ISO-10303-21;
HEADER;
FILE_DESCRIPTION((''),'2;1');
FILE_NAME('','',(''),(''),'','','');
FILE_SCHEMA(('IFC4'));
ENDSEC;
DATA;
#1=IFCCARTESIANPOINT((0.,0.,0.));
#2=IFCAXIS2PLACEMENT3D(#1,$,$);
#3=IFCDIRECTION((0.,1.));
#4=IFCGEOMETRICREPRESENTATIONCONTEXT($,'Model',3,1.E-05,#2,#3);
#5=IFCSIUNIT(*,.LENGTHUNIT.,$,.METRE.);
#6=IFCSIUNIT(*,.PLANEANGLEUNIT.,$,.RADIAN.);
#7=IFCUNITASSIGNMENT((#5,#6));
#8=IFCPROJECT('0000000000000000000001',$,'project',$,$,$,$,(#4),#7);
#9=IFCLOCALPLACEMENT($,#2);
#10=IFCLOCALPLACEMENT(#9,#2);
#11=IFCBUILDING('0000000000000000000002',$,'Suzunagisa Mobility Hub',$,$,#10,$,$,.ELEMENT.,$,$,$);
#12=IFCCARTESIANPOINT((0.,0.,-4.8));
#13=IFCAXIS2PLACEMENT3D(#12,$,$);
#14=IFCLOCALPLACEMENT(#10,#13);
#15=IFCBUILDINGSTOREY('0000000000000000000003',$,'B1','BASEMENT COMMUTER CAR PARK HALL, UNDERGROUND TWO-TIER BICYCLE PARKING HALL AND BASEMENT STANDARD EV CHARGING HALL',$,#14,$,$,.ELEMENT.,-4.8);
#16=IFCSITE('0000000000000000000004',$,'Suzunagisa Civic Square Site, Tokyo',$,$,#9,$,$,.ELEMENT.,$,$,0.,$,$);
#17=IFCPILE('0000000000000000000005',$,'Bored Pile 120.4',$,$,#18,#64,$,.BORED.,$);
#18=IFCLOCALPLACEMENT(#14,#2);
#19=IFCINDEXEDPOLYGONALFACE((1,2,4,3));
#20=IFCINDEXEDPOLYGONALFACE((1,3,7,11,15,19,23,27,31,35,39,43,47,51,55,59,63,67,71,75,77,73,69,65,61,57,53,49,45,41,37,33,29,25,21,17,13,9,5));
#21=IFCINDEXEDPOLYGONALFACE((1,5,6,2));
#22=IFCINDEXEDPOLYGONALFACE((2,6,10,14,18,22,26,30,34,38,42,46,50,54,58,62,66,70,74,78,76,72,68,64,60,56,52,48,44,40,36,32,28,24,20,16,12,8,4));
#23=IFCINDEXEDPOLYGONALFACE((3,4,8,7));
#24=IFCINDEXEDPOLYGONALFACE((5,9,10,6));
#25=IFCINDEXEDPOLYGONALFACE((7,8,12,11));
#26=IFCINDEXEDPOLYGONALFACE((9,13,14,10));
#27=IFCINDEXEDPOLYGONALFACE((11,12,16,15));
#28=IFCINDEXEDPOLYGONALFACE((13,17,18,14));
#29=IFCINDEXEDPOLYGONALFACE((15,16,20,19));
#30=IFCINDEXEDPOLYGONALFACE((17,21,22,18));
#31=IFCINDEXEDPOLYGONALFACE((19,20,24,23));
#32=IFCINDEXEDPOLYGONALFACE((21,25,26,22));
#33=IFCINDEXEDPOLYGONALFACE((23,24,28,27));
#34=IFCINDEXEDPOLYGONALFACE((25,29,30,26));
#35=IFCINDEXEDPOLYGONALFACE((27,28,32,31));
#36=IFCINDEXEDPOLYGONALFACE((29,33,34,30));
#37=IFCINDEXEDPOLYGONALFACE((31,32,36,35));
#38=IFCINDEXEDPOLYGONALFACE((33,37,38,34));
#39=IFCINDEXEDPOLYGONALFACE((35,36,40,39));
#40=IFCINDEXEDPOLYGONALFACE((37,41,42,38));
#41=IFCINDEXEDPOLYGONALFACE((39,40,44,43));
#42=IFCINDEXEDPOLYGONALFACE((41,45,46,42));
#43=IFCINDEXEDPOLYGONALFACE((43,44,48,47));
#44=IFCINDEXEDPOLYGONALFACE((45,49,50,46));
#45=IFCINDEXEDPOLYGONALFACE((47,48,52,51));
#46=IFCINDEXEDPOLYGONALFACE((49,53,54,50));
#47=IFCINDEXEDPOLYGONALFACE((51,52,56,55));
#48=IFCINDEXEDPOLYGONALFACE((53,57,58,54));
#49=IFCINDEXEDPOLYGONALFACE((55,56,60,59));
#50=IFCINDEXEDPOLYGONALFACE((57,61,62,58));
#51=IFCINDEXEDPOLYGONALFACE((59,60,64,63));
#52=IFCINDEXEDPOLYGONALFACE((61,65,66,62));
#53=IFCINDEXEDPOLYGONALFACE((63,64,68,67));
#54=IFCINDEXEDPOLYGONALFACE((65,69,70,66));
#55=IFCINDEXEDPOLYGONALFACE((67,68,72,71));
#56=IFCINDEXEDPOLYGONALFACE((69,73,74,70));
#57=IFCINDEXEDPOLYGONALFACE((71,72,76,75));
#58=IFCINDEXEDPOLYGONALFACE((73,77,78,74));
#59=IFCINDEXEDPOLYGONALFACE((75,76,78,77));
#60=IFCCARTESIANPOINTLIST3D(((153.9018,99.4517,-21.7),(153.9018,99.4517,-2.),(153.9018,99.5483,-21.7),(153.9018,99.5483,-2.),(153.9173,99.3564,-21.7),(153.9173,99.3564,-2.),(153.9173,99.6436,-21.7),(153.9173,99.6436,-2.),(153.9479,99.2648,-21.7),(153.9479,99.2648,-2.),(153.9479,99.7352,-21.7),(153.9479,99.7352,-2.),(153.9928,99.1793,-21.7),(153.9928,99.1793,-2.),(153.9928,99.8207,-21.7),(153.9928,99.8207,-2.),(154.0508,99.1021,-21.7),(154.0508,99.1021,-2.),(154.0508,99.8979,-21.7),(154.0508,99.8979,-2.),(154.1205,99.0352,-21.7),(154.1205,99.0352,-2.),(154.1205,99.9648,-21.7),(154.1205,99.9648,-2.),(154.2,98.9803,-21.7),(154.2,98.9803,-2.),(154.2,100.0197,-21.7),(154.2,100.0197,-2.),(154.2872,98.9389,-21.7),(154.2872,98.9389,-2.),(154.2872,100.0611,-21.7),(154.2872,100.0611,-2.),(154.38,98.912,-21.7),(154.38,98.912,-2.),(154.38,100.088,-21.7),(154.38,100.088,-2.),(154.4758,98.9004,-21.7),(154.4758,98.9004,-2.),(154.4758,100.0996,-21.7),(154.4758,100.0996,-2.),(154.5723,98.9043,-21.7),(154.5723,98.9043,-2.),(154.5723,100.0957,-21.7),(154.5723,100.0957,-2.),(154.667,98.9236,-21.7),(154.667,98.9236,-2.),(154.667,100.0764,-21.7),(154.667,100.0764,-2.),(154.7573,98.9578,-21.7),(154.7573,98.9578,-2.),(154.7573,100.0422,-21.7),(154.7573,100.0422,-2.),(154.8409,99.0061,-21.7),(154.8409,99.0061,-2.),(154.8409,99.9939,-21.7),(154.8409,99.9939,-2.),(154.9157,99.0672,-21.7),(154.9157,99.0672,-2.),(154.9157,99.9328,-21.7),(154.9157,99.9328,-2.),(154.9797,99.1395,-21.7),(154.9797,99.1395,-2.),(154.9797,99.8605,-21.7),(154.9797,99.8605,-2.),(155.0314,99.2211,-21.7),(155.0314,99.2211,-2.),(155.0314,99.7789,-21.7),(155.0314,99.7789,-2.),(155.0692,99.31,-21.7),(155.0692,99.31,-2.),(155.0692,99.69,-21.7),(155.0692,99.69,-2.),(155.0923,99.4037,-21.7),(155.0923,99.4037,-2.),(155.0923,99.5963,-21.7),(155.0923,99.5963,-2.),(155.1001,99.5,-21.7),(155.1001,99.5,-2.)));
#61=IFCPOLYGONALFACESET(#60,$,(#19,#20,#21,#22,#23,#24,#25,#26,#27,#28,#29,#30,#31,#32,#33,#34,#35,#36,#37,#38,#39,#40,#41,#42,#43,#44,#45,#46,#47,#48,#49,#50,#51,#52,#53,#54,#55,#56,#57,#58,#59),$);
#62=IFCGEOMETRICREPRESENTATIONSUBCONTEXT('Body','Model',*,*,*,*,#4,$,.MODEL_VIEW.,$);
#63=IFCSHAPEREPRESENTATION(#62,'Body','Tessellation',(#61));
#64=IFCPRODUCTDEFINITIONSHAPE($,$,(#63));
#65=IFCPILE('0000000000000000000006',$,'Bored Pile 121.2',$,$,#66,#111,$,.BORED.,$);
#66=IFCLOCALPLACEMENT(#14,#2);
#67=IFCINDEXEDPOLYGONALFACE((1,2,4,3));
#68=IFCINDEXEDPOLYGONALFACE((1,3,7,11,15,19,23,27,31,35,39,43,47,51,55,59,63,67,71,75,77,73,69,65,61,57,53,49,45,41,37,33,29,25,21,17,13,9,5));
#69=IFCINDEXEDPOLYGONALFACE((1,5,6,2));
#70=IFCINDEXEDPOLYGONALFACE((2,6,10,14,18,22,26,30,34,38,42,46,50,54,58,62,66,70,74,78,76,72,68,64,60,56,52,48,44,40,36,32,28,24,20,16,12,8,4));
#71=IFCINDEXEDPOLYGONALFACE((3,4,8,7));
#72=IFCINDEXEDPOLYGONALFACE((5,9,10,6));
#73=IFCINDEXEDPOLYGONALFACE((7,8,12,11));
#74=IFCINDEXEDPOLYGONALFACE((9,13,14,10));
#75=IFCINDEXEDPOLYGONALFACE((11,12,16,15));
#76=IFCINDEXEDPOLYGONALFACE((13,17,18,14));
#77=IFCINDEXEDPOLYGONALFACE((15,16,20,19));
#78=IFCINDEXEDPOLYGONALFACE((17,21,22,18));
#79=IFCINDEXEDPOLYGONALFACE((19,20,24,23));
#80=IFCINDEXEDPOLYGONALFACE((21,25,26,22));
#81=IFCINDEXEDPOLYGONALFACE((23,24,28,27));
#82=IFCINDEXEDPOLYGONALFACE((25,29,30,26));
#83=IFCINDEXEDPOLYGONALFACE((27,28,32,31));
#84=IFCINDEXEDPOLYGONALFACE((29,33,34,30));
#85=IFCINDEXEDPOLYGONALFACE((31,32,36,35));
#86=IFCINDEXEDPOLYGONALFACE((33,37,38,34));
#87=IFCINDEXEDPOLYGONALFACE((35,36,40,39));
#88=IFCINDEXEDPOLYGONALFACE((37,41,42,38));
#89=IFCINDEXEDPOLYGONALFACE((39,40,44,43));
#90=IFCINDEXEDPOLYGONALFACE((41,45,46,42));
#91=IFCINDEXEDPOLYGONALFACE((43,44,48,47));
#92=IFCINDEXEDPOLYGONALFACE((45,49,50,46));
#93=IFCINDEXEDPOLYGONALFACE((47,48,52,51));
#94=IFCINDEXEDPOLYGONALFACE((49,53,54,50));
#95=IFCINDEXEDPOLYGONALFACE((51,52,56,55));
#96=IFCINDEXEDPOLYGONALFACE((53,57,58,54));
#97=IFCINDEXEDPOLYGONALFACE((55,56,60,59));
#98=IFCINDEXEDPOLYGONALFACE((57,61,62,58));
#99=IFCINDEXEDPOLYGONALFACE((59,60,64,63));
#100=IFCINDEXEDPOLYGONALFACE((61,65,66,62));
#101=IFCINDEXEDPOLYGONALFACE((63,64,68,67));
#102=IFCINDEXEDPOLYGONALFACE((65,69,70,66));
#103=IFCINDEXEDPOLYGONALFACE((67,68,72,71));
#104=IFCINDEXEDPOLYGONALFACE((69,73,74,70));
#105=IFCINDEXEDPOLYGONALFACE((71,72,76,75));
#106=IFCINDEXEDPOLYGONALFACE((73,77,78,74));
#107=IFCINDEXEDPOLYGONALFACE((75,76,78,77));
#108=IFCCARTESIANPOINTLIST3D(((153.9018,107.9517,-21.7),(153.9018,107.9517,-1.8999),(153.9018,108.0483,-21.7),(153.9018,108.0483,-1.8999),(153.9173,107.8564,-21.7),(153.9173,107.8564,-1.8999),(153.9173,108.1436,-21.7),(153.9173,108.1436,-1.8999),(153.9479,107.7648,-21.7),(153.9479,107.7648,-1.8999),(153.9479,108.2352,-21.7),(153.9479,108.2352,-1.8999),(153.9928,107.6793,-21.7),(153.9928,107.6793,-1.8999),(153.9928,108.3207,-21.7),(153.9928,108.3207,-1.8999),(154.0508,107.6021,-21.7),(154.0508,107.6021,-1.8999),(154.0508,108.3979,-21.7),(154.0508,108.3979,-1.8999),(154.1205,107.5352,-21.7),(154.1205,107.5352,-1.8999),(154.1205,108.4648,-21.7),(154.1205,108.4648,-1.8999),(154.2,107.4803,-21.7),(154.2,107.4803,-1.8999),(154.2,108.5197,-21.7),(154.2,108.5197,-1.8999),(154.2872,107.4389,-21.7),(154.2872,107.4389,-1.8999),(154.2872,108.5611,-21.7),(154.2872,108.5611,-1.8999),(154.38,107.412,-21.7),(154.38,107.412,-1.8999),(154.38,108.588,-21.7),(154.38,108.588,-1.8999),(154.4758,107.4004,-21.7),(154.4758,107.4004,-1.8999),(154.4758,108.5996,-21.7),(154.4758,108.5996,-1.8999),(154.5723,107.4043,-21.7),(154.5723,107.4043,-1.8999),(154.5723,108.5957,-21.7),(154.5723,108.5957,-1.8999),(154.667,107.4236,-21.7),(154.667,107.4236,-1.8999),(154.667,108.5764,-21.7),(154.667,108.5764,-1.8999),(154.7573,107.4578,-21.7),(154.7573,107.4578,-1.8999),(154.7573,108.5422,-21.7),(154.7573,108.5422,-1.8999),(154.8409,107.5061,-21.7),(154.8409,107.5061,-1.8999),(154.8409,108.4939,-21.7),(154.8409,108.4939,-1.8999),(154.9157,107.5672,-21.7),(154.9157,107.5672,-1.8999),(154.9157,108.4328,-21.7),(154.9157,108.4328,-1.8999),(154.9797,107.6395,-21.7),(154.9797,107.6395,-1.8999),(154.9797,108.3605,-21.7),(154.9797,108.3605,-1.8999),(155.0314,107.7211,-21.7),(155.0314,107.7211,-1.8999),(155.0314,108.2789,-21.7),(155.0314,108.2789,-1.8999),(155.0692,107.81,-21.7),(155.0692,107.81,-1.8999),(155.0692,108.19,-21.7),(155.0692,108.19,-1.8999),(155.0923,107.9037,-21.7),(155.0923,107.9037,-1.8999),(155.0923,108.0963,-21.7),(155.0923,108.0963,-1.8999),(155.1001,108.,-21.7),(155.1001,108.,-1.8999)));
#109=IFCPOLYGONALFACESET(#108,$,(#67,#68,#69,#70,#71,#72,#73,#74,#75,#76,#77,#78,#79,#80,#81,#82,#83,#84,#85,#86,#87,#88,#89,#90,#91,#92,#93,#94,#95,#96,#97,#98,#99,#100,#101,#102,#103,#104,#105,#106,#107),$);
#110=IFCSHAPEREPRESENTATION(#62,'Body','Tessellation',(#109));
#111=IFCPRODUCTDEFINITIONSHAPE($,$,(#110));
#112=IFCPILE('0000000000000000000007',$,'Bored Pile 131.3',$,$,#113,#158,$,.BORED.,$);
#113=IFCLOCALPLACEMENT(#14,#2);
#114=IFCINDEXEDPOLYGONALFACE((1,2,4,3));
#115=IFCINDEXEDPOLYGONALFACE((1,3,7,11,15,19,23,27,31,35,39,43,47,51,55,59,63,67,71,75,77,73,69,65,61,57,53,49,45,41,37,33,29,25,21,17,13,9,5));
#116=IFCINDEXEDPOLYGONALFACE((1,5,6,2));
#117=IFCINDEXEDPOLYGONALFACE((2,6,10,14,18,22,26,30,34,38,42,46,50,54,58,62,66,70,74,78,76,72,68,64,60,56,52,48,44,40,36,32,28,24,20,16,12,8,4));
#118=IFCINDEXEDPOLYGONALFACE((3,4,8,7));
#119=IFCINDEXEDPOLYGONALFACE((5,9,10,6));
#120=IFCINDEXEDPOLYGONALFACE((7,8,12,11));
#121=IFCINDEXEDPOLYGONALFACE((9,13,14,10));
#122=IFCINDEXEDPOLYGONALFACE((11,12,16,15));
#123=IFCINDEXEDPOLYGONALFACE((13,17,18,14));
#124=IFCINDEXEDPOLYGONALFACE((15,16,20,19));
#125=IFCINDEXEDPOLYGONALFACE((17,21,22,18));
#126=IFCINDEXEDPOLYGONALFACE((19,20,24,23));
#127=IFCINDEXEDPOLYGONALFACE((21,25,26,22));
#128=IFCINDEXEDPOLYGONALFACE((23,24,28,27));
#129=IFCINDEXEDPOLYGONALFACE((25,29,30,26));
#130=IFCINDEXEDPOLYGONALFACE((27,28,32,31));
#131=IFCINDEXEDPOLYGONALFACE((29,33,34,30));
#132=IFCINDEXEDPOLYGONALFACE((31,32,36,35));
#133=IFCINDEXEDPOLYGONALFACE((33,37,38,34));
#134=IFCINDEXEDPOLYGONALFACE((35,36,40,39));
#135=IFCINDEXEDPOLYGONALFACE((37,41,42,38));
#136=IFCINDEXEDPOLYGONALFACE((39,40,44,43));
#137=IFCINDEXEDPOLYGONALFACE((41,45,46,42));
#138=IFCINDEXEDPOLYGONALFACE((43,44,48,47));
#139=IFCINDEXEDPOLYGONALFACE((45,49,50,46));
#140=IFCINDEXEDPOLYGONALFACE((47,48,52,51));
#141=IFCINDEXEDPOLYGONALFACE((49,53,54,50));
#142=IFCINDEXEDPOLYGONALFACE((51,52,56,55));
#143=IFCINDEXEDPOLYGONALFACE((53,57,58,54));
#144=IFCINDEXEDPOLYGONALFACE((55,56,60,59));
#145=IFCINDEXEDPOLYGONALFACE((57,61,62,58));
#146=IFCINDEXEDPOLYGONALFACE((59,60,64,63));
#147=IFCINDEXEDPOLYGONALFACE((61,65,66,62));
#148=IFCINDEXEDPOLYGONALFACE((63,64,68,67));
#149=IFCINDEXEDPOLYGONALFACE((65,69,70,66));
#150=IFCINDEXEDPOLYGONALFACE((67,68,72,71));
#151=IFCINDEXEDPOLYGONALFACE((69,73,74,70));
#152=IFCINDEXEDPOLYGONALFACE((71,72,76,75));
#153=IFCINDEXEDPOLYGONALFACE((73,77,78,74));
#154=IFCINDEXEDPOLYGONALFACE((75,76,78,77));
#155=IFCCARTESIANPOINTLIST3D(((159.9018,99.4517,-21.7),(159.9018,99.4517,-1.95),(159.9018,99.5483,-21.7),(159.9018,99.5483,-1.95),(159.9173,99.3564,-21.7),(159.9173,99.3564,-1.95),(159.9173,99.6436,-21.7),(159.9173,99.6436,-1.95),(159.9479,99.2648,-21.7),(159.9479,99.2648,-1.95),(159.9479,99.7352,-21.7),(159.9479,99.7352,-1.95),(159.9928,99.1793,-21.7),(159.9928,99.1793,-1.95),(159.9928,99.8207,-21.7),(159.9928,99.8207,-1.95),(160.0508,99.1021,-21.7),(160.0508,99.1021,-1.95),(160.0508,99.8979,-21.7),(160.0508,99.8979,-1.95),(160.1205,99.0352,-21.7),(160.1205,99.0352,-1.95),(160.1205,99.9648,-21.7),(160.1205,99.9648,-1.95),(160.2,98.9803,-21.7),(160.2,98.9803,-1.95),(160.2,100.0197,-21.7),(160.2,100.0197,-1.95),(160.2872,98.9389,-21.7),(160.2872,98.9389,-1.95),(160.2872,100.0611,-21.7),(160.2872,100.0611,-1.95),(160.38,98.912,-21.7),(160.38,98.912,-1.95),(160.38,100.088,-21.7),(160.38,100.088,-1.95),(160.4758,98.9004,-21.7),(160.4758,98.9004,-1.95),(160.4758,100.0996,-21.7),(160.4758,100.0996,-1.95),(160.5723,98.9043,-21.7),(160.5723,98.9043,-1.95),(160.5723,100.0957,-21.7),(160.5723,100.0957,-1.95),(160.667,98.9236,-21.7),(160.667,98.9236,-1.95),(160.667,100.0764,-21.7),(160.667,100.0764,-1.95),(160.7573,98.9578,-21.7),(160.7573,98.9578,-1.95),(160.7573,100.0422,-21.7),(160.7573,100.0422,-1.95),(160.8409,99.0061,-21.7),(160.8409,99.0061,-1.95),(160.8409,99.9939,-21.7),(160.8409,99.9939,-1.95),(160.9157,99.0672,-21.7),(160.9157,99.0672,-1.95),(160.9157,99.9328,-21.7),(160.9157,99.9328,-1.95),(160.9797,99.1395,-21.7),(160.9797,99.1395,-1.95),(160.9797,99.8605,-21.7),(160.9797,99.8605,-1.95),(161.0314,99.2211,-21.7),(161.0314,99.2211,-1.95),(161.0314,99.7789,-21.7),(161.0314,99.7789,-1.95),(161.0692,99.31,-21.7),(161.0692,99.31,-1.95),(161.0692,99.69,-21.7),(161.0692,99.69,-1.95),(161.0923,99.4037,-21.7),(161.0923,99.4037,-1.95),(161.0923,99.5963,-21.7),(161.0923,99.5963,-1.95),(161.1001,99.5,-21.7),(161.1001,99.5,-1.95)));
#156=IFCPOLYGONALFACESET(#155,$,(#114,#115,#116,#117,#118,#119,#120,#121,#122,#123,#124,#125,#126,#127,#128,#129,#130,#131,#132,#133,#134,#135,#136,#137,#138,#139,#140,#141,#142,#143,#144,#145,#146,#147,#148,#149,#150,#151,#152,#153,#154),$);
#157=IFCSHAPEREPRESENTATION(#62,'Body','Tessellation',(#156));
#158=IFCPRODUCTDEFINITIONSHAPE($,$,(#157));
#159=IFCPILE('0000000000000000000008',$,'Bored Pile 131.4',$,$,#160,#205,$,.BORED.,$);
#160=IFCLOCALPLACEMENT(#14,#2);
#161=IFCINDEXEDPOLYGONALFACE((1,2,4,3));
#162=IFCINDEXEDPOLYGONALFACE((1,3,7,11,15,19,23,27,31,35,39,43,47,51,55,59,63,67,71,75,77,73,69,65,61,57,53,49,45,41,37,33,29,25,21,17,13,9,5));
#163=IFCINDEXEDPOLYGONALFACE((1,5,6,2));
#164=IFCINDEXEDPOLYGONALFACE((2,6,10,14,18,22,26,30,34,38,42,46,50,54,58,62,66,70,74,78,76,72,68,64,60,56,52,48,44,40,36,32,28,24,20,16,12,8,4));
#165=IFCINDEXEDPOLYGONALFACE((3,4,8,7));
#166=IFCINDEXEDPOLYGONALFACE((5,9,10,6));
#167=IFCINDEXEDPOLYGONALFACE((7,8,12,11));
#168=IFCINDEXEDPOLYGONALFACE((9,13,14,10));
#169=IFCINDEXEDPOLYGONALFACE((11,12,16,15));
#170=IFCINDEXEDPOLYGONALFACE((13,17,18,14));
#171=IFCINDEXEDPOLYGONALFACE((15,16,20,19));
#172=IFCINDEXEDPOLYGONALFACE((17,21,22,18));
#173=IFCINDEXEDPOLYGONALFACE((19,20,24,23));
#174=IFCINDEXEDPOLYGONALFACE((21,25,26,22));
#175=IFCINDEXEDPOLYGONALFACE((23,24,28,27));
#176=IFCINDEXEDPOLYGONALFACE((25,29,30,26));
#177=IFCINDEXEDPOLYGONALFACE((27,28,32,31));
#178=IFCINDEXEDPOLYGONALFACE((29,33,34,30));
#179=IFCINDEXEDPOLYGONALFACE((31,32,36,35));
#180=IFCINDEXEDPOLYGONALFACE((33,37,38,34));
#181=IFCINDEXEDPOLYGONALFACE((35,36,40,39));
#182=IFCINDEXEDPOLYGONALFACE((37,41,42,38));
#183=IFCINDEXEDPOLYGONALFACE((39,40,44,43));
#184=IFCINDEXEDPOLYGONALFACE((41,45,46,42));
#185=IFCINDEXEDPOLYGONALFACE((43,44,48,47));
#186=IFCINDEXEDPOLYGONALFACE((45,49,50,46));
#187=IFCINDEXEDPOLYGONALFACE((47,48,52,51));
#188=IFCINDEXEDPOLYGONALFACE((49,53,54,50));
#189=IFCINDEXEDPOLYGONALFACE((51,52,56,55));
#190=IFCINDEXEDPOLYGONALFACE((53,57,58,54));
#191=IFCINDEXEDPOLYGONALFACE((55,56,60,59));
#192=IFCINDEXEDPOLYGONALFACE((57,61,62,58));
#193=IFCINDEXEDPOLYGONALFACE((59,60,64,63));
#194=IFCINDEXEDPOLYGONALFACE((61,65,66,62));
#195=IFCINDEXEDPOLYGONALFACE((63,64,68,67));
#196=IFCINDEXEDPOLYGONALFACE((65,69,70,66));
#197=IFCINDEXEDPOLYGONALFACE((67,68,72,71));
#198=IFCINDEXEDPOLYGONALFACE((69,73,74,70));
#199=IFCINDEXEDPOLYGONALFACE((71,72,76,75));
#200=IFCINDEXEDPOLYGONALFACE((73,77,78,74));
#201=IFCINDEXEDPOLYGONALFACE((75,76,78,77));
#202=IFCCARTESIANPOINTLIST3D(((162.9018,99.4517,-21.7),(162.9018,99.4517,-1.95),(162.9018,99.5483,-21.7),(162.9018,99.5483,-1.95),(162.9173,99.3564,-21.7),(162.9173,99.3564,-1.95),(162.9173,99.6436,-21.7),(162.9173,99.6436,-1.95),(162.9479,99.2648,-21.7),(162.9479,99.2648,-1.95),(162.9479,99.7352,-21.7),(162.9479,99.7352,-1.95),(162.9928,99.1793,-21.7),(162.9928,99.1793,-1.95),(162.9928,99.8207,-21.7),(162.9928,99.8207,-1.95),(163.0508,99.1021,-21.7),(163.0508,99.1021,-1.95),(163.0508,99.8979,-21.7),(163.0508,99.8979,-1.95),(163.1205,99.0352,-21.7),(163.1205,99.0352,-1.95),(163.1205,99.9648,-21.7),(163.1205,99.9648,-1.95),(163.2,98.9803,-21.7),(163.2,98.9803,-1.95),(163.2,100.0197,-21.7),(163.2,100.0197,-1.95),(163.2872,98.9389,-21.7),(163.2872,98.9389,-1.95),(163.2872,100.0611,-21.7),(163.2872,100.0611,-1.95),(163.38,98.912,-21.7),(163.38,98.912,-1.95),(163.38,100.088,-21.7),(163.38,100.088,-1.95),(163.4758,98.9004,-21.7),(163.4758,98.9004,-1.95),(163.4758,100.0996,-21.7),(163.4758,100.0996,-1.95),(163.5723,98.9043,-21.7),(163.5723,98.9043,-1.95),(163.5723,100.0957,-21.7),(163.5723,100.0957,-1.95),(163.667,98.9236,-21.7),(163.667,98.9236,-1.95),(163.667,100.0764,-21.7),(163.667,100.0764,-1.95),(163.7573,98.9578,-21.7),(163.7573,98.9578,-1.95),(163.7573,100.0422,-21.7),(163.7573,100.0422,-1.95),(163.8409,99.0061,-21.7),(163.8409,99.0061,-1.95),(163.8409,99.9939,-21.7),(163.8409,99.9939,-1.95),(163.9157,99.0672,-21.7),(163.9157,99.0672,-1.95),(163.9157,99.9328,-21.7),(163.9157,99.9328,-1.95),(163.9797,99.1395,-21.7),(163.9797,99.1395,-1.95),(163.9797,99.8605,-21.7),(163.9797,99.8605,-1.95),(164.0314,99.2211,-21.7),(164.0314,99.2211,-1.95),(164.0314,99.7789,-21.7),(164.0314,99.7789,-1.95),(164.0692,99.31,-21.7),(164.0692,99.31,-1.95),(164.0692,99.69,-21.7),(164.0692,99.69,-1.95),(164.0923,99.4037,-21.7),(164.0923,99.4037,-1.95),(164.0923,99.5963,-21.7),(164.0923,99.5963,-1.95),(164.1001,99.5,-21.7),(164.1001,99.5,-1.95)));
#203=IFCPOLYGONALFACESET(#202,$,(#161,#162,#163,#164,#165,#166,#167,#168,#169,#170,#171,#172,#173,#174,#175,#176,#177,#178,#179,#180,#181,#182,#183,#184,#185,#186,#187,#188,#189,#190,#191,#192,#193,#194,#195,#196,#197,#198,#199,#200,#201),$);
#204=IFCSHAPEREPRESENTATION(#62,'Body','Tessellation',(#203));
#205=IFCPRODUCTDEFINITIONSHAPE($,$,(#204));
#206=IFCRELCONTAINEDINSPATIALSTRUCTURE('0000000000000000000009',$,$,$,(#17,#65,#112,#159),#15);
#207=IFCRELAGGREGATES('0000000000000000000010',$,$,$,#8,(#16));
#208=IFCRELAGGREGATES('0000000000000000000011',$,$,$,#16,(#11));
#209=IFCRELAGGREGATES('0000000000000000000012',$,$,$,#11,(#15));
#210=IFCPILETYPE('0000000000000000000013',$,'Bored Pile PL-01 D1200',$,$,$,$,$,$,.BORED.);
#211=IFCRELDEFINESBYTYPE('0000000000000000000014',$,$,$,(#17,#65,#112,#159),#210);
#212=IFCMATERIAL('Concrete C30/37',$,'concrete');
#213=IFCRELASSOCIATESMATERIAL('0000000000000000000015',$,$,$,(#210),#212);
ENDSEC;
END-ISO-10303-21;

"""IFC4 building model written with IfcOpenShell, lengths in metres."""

from ifc_helpers import new_model, si_unit, direction, frame, origin, origin_2d, place, context, subcontext, project, spatial, circle, extrude, material, material_profile, profile_set, type_object, element, save


model = new_model("IFC4")

# Units and contexts
model_context = context("Model", 3, precision=1e-05, world=origin(), true_north=direction((0.0, 1.0)))
body_context = subcontext(model_context, "Body", "Model", "MODEL_VIEW")
ifc_project = project(units=[si_unit("LENGTHUNIT", "METRE"), si_unit("PLANEANGLEUNIT", "RADIAN")], contexts=[model_context])

# Site, building, storey
site_placement = place(None, origin())
site = spatial("IfcSite", under=ifc_project, at=site_placement, Name="Suzunagisa Civic Square Site, Tokyo", CompositionType="ELEMENT", RefElevation=0.0)
building_placement = place(site_placement, origin())
building = spatial("IfcBuilding", under=site, at=building_placement, Name="Suzunagisa Mobility Hub", CompositionType="ELEMENT")
storey_placement = place(building_placement, frame((0.0, 0.0, -4.8)))
storey = spatial("IfcBuildingStorey", under=building, at=storey_placement, Name="B1", Description="BASEMENT COMMUTER CAR PARK HALL, UNDERGROUND TWO-TIER BICYCLE PARKING HALL AND BASEMENT STANDARD EV CHARGING HALL", CompositionType="ELEMENT", Elevation=-4.8)

# Piles
ifc_material_1 = material(Name="Concrete C30/37", Category="concrete")
ifc_material_profile_1 = material_profile(ifc_material_1, circle(Radius=0.6001, at=origin_2d()), Name="BORED PILE D1200")
ifc_profile_set_1 = profile_set([ifc_material_profile_1], Name="Concrete C30/37")
pile_type = type_object("IfcPileType", Name="Bored Pile PL-01 D1200", PredefinedType="BORED", material=ifc_profile_set_1)
pile_1_placement = place(storey_placement, frame((154.5, 99.5, -2.0), z_axis=(0.0, 0.0, -1.0), x_axis=(1.0, 0.0, 0.0)))
element("IfcPile", 1, at=pile_1_placement, inside=storey, type_object=pile_type, Name="Bored Pile 120.4", PredefinedType="BORED", context=body_context, shape_type="SweptSolid", body=[
    extrude(circle(Radius=0.6001, at=origin_2d()), origin(), (0.0, 0.0, 1.0), 19.7),
])
pile_2_placement = place(storey_placement, frame((154.5, 108.0, -1.8999), z_axis=(0.0, 0.0, -1.0), x_axis=(1.0, 0.0, 0.0)))
element("IfcPile", 2, at=pile_2_placement, inside=storey, type_object=pile_type, Name="Bored Pile 121.2", PredefinedType="BORED", context=body_context, shape_type="SweptSolid", body=[
    extrude(circle(Radius=0.6001, at=origin_2d()), origin(), (0.0, 0.0, 1.0), 19.8),
])
for number, where, z_axis, x_axis, name in (
    (3, (160.5, 99.5, -1.95), (0.0, 0.0, -1.0), (1.0, 0.0, 0.0), "Bored Pile 131.3"),
    (4, (163.5, 99.5, -1.95), (0.0, 0.0, -1.0), (1.0, 0.0, 0.0), "Bored Pile 131.4"),
):
    element("IfcPile", number, at=place(storey_placement, frame(where, z_axis=z_axis, x_axis=x_axis)), inside=storey, type_object=pile_type, Name=name, PredefinedType="BORED", context=body_context, shape_type="SweptSolid", body=[
        extrude(circle(Radius=0.6001, at=origin_2d()), origin(), (0.0, 0.0, 1.0), 19.75),
    ])

save(model, "model.ifc")
